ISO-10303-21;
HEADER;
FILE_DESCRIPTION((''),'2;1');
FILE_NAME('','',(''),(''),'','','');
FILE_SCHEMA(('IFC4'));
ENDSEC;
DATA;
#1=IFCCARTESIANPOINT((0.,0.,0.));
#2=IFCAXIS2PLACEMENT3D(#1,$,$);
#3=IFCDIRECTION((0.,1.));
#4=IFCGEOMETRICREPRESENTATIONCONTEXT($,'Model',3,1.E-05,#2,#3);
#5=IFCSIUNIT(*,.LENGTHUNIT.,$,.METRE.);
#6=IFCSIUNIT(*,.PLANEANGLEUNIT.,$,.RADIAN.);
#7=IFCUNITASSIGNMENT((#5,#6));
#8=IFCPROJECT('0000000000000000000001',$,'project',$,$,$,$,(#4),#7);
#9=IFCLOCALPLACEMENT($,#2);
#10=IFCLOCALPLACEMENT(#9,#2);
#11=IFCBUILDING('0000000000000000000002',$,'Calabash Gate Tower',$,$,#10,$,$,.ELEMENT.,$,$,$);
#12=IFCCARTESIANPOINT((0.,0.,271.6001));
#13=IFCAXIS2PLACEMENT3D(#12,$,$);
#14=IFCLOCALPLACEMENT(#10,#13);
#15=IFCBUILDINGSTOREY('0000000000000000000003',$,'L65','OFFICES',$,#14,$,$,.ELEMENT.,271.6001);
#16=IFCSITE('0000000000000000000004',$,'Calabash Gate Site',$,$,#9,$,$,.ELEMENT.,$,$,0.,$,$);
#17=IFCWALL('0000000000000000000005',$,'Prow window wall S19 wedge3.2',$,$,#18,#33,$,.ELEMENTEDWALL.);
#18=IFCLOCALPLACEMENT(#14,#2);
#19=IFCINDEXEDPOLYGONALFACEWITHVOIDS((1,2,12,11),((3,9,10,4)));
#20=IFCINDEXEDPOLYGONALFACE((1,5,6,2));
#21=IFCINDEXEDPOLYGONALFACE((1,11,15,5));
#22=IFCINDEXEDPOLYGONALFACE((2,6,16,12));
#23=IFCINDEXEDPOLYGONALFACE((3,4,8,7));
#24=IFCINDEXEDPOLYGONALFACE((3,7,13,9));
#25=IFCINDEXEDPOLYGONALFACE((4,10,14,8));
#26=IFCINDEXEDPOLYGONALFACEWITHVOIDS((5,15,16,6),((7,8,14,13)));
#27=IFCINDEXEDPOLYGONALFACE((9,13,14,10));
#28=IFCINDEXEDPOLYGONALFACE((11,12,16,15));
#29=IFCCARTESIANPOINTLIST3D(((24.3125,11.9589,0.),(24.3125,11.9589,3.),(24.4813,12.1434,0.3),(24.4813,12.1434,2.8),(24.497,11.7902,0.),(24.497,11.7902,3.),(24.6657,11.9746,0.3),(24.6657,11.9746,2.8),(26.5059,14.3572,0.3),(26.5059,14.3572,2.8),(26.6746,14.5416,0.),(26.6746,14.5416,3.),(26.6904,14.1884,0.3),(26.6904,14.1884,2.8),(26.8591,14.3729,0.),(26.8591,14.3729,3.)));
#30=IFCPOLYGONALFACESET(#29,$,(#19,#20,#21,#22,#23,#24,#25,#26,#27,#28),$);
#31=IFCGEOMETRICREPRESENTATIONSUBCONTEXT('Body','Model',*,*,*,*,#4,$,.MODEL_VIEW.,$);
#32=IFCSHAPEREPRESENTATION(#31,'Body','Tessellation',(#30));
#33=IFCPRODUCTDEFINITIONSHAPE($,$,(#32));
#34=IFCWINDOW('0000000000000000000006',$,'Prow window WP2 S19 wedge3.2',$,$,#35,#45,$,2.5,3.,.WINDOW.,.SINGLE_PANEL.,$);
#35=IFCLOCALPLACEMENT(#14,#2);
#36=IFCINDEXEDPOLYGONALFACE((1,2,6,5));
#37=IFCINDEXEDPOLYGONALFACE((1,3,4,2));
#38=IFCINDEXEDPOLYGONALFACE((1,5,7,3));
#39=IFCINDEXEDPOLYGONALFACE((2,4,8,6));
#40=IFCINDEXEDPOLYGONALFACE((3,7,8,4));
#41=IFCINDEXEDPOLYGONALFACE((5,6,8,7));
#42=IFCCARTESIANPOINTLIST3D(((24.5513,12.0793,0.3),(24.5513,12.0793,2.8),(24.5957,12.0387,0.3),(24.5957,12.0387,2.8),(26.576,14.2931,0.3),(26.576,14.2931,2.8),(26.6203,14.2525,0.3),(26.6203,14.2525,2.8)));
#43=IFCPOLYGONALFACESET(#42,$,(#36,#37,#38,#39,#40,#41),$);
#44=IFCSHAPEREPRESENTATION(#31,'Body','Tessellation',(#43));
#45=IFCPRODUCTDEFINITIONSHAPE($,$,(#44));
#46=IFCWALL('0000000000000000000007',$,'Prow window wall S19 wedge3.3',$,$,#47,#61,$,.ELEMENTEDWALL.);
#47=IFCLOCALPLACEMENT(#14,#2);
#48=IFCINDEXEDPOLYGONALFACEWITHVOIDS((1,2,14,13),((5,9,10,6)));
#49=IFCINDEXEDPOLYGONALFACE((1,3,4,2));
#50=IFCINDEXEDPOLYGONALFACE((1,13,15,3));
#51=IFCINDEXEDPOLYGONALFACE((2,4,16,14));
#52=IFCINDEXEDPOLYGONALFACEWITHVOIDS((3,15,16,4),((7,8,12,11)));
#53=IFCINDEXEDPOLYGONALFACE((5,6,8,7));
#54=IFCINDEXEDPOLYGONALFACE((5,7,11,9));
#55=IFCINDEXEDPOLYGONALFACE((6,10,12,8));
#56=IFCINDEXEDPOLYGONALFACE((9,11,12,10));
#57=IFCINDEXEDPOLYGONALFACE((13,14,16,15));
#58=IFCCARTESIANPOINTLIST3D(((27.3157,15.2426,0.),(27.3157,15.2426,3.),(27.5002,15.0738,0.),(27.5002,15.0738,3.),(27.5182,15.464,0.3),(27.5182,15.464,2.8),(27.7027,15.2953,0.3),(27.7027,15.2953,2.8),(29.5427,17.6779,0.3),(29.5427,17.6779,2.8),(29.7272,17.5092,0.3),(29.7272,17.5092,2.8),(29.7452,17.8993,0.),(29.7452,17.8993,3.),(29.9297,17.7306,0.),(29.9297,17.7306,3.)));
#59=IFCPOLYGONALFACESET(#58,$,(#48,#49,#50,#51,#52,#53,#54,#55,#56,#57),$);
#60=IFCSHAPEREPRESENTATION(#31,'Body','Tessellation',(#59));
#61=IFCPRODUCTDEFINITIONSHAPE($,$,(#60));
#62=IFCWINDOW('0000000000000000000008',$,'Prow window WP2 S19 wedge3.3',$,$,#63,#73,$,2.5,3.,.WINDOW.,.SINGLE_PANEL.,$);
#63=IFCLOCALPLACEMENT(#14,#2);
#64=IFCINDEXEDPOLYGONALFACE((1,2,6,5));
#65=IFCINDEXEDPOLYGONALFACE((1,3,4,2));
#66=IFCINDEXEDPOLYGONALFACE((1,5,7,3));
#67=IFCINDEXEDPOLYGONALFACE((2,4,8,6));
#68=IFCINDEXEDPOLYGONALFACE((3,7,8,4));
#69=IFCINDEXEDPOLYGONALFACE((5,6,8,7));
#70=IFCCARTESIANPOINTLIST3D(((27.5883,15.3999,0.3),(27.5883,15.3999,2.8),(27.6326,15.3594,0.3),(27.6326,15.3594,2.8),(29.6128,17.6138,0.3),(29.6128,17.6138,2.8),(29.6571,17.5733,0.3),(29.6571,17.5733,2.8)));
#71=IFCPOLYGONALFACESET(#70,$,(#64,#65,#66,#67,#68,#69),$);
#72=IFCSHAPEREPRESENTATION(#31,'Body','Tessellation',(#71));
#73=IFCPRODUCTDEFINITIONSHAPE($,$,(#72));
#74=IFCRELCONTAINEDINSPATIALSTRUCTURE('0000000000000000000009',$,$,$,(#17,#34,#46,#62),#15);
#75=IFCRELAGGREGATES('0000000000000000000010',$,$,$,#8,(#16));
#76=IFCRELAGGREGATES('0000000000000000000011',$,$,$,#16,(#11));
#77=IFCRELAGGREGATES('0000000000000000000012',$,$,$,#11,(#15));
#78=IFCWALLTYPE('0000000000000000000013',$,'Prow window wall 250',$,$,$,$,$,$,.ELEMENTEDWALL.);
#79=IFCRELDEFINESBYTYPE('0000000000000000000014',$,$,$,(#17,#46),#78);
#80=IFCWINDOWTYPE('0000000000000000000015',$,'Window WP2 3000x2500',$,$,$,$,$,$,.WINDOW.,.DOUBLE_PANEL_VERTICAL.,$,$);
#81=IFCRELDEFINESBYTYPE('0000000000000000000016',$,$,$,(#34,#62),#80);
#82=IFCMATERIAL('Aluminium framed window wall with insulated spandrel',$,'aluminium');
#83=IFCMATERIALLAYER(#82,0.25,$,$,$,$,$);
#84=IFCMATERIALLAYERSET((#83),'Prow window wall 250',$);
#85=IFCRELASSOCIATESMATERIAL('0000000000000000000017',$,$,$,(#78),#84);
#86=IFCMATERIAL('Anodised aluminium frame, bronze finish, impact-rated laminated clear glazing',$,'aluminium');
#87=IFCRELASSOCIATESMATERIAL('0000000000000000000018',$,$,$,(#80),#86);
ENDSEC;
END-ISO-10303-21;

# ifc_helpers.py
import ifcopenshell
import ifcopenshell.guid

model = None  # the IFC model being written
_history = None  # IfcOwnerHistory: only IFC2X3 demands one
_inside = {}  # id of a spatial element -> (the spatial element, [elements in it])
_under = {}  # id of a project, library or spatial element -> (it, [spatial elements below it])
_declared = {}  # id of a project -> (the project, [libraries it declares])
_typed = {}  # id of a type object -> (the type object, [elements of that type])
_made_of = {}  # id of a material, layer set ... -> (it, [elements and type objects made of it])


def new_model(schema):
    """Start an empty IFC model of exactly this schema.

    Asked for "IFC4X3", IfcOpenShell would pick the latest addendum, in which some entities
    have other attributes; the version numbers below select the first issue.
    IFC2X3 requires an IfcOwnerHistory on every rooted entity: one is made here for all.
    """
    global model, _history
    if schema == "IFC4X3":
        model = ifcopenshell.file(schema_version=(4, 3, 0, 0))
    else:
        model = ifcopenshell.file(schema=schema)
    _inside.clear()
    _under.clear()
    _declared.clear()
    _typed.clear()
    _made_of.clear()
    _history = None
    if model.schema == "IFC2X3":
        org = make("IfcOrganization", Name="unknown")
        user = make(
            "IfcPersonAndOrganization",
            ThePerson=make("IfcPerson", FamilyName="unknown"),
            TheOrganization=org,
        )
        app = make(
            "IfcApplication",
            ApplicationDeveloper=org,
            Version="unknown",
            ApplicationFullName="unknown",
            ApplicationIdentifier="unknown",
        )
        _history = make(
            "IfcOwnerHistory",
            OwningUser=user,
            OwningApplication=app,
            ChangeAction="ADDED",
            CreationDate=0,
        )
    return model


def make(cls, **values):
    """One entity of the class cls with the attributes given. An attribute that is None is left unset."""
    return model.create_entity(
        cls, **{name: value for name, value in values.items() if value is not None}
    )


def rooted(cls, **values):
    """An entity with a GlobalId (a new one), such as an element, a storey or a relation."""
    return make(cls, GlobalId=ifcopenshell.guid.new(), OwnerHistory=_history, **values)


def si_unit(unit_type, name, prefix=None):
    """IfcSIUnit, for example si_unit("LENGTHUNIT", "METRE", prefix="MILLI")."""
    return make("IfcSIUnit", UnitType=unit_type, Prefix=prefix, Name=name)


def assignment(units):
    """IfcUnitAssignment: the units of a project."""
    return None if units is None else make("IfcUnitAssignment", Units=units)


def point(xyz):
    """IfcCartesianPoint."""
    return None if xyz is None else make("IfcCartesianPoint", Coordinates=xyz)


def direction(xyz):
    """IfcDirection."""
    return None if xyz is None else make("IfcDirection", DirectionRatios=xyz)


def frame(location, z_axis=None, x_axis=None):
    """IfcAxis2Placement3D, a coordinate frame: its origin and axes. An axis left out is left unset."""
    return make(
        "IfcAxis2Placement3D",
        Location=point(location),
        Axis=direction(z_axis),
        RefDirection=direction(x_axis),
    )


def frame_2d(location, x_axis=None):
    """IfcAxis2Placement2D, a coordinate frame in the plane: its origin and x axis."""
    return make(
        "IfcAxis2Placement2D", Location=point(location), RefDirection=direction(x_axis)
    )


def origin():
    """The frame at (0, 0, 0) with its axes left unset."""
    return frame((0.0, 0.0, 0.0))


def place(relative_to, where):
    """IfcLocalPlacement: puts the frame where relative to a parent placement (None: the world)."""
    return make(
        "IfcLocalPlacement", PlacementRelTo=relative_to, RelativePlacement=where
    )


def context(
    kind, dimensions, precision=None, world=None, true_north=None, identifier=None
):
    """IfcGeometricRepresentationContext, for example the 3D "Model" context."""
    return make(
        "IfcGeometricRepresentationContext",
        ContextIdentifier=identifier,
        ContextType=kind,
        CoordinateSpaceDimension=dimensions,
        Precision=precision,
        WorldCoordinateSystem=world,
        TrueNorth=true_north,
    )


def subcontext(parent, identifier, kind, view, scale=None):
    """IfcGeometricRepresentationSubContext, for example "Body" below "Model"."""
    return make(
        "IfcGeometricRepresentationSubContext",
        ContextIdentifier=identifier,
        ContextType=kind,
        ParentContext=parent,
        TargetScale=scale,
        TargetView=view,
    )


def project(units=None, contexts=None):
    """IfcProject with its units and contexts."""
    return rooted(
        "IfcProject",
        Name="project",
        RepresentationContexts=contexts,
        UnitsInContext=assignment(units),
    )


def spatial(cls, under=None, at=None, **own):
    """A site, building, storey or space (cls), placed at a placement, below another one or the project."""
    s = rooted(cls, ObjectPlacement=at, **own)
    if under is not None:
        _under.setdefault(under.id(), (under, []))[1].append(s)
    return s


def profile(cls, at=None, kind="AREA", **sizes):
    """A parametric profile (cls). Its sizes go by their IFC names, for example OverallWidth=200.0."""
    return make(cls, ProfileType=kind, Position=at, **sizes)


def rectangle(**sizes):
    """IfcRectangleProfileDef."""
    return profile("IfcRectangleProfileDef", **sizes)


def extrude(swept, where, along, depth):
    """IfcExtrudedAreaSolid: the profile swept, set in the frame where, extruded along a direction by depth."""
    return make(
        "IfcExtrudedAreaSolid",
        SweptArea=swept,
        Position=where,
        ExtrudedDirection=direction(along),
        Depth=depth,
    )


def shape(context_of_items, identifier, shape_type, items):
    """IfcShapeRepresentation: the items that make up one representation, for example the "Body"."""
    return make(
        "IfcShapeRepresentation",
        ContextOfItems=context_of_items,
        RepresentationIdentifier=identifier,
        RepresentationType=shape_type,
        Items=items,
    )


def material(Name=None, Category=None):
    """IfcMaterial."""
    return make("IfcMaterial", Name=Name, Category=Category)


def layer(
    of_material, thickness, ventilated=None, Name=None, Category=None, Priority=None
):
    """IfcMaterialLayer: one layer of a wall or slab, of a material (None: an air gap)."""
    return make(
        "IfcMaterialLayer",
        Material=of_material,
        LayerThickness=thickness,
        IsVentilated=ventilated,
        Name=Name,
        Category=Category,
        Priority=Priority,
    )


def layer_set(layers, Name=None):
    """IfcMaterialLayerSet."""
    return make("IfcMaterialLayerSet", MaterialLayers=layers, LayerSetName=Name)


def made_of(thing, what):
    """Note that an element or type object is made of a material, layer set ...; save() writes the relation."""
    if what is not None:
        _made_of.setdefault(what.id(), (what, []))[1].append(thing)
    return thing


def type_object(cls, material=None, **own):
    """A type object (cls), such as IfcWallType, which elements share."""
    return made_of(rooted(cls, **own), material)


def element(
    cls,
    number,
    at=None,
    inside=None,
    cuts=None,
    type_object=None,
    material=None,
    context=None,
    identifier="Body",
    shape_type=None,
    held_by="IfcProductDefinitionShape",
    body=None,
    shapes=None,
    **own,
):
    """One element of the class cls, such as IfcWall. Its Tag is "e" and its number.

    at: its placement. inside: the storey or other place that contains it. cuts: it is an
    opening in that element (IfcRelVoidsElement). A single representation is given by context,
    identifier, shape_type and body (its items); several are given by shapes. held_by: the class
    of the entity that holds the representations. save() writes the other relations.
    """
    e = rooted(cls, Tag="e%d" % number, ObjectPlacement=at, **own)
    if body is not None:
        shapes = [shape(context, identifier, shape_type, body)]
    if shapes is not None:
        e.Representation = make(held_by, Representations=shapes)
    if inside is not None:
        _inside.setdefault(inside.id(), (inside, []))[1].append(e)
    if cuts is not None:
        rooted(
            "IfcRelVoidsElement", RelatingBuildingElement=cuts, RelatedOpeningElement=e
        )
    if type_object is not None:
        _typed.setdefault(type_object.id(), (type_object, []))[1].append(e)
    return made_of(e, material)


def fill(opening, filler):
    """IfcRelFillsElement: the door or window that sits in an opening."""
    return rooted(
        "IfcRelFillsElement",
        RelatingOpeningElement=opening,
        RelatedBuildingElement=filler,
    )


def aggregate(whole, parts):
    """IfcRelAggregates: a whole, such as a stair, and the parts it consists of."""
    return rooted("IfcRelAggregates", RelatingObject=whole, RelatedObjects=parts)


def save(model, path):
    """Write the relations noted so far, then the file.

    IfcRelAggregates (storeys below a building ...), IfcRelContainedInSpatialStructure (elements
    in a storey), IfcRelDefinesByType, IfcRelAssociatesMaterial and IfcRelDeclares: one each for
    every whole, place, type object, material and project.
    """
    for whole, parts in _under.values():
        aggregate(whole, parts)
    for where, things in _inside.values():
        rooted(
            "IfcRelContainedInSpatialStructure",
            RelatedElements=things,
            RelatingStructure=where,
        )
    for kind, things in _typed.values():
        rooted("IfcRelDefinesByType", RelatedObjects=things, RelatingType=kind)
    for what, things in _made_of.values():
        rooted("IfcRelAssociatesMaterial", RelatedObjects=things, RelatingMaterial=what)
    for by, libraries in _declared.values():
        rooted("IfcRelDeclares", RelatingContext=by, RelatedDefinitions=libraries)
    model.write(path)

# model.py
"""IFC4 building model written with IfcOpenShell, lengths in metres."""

from ifc_helpers import new_model, si_unit, direction, frame, frame_2d, origin, place, context, subcontext, project, spatial, rectangle, extrude, material, layer, layer_set, type_object, element, fill, save


model = new_model("IFC4")

# Units and contexts
model_context = context("Model", 3, precision=1e-05, world=origin(), true_north=direction((0.0, 1.0)))
body_context = subcontext(model_context, "Body", "Model", "MODEL_VIEW")
ifc_project = project(units=[si_unit("LENGTHUNIT", "METRE"), si_unit("PLANEANGLEUNIT", "RADIAN")], contexts=[model_context])

# Site, building, storey
site_placement = place(None, origin())
site = spatial("IfcSite", under=ifc_project, at=site_placement, Name="Calabash Gate Site", CompositionType="ELEMENT", RefElevation=0.0)
building_placement = place(site_placement, origin())
building = spatial("IfcBuilding", under=site, at=building_placement, Name="Calabash Gate Tower", CompositionType="ELEMENT")
storey_placement = place(building_placement, frame((0.0, 0.0, 271.6001)))
storey = spatial("IfcBuildingStorey", under=building, at=storey_placement, Name="L65", Description="OFFICES", CompositionType="ELEMENT", Elevation=271.6001)

# Walls, openings, windows
ifc_material_1 = material(Name="Aluminium framed window wall with insulated spandrel", Category="aluminium")
ifc_layer_1 = layer(ifc_material_1, 0.25)
ifc_layer_set_1 = layer_set([ifc_layer_1], Name="Prow window wall 250")
wall_type_1 = type_object("IfcWallType", Name="Prow window wall 250", PredefinedType="ELEMENTEDWALL", material=ifc_layer_set_1)
ifc_material_2 = material(Name="Anodised aluminium frame, bronze finish, impact-rated laminated clear glazing", Category="aluminium")
window_type = type_object("IfcWindowType", Name="Window WP2 3000x2500", PartitioningType="DOUBLE_PANEL_VERTICAL", PredefinedType="WINDOW", material=ifc_material_2)
wall_1_placement = place(storey_placement, frame((24.4048, 11.8745, 0.0), z_axis=(0.0, 0.0, 1.0), x_axis=(0.674874, 0.737933, 0.0)))
wall_1 = element("IfcWall", 1, at=wall_1_placement, inside=storey, type_object=wall_type_1, Name="Prow window wall S19 wedge3.2", PredefinedType="ELEMENTEDWALL", context=body_context, shape_type="SweptSolid", body=[
    extrude(rectangle(XDim=3.5, YDim=0.25, at=frame_2d((1.75, 0.0))), origin(), (0.0, 0.0, 1.0), 3.0),
])
opening_1_placement = place(wall_1_placement, frame((0.25, 0.0, 0.3)))
opening_1 = element("IfcOpeningElement", 2, at=opening_1_placement, cuts=wall_1, PredefinedType="OPENING", context=body_context, shape_type="SweptSolid", body=[
    extrude(rectangle(XDim=3.0, YDim=2.5, at=frame_2d((1.5, 1.25))), frame((0.0, 0.135, 0.0), z_axis=(0.0, -1.0, 0.0), x_axis=(1.0, 0.0, 0.0)), (0.0, 0.0, 1.0), 0.27),
])
window_1_placement = place(opening_1_placement, origin())
window_1 = element("IfcWindow", 3, at=window_1_placement, inside=storey, type_object=window_type, Name="Prow window WP2 S19 wedge3.2", OverallHeight=2.5, OverallWidth=3.0, PartitioningType="SINGLE_PANEL", PredefinedType="WINDOW", context=body_context, shape_type="SweptSolid", body=[
    extrude(rectangle(XDim=3.0, YDim=2.5, at=frame_2d((1.5, 1.25))), frame((0.0, 0.03, 0.0), z_axis=(0.0, -1.0, 0.0), x_axis=(1.0, 0.0, 0.0)), (0.0, 0.0, 1.0), 0.0601),
])
fill(opening_1, window_1)
wall_2_placement = place(storey_placement, frame((27.408, 15.1582, 0.0), z_axis=(0.0, 0.0, 1.0), x_axis=(0.674834, 0.73797, 0.0)))
wall_2 = element("IfcWall", 4, at=wall_2_placement, inside=storey, type_object=wall_type_1, Name="Prow window wall S19 wedge3.3", PredefinedType="ELEMENTEDWALL", context=body_context, shape_type="SweptSolid", body=[
    extrude(rectangle(XDim=3.6001, YDim=0.25, at=frame_2d((1.8, 0.0))), origin(), (0.0, 0.0, 1.0), 3.0),
])
opening_2_placement = place(wall_2_placement, frame((0.3, 0.0, 0.3)))
opening_2 = element("IfcOpeningElement", 5, at=opening_2_placement, cuts=wall_2, PredefinedType="OPENING", context=body_context, shape_type="SweptSolid", body=[
    extrude(rectangle(XDim=3.0, YDim=2.5, at=frame_2d((1.5, 1.25))), frame((0.0, 0.135, 0.0), z_axis=(0.0, -1.0, 0.0), x_axis=(1.0, 0.0, 0.0)), (0.0, 0.0, 1.0), 0.27),
])
window_2_placement = place(opening_2_placement, origin())
window_2 = element("IfcWindow", 6, at=window_2_placement, inside=storey, type_object=window_type, Name="Prow window WP2 S19 wedge3.3", OverallHeight=2.5, OverallWidth=3.0, PartitioningType="SINGLE_PANEL", PredefinedType="WINDOW", context=body_context, shape_type="SweptSolid", body=[
    extrude(rectangle(XDim=3.0, YDim=2.5, at=frame_2d((1.5, 1.25))), frame((0.0, 0.03, 0.0), z_axis=(0.0, -1.0, 0.0), x_axis=(1.0, 0.0, 0.0)), (0.0, 0.0, 1.0), 0.0601),
])
fill(opening_2, window_2)

save(model, "model.ifc")
